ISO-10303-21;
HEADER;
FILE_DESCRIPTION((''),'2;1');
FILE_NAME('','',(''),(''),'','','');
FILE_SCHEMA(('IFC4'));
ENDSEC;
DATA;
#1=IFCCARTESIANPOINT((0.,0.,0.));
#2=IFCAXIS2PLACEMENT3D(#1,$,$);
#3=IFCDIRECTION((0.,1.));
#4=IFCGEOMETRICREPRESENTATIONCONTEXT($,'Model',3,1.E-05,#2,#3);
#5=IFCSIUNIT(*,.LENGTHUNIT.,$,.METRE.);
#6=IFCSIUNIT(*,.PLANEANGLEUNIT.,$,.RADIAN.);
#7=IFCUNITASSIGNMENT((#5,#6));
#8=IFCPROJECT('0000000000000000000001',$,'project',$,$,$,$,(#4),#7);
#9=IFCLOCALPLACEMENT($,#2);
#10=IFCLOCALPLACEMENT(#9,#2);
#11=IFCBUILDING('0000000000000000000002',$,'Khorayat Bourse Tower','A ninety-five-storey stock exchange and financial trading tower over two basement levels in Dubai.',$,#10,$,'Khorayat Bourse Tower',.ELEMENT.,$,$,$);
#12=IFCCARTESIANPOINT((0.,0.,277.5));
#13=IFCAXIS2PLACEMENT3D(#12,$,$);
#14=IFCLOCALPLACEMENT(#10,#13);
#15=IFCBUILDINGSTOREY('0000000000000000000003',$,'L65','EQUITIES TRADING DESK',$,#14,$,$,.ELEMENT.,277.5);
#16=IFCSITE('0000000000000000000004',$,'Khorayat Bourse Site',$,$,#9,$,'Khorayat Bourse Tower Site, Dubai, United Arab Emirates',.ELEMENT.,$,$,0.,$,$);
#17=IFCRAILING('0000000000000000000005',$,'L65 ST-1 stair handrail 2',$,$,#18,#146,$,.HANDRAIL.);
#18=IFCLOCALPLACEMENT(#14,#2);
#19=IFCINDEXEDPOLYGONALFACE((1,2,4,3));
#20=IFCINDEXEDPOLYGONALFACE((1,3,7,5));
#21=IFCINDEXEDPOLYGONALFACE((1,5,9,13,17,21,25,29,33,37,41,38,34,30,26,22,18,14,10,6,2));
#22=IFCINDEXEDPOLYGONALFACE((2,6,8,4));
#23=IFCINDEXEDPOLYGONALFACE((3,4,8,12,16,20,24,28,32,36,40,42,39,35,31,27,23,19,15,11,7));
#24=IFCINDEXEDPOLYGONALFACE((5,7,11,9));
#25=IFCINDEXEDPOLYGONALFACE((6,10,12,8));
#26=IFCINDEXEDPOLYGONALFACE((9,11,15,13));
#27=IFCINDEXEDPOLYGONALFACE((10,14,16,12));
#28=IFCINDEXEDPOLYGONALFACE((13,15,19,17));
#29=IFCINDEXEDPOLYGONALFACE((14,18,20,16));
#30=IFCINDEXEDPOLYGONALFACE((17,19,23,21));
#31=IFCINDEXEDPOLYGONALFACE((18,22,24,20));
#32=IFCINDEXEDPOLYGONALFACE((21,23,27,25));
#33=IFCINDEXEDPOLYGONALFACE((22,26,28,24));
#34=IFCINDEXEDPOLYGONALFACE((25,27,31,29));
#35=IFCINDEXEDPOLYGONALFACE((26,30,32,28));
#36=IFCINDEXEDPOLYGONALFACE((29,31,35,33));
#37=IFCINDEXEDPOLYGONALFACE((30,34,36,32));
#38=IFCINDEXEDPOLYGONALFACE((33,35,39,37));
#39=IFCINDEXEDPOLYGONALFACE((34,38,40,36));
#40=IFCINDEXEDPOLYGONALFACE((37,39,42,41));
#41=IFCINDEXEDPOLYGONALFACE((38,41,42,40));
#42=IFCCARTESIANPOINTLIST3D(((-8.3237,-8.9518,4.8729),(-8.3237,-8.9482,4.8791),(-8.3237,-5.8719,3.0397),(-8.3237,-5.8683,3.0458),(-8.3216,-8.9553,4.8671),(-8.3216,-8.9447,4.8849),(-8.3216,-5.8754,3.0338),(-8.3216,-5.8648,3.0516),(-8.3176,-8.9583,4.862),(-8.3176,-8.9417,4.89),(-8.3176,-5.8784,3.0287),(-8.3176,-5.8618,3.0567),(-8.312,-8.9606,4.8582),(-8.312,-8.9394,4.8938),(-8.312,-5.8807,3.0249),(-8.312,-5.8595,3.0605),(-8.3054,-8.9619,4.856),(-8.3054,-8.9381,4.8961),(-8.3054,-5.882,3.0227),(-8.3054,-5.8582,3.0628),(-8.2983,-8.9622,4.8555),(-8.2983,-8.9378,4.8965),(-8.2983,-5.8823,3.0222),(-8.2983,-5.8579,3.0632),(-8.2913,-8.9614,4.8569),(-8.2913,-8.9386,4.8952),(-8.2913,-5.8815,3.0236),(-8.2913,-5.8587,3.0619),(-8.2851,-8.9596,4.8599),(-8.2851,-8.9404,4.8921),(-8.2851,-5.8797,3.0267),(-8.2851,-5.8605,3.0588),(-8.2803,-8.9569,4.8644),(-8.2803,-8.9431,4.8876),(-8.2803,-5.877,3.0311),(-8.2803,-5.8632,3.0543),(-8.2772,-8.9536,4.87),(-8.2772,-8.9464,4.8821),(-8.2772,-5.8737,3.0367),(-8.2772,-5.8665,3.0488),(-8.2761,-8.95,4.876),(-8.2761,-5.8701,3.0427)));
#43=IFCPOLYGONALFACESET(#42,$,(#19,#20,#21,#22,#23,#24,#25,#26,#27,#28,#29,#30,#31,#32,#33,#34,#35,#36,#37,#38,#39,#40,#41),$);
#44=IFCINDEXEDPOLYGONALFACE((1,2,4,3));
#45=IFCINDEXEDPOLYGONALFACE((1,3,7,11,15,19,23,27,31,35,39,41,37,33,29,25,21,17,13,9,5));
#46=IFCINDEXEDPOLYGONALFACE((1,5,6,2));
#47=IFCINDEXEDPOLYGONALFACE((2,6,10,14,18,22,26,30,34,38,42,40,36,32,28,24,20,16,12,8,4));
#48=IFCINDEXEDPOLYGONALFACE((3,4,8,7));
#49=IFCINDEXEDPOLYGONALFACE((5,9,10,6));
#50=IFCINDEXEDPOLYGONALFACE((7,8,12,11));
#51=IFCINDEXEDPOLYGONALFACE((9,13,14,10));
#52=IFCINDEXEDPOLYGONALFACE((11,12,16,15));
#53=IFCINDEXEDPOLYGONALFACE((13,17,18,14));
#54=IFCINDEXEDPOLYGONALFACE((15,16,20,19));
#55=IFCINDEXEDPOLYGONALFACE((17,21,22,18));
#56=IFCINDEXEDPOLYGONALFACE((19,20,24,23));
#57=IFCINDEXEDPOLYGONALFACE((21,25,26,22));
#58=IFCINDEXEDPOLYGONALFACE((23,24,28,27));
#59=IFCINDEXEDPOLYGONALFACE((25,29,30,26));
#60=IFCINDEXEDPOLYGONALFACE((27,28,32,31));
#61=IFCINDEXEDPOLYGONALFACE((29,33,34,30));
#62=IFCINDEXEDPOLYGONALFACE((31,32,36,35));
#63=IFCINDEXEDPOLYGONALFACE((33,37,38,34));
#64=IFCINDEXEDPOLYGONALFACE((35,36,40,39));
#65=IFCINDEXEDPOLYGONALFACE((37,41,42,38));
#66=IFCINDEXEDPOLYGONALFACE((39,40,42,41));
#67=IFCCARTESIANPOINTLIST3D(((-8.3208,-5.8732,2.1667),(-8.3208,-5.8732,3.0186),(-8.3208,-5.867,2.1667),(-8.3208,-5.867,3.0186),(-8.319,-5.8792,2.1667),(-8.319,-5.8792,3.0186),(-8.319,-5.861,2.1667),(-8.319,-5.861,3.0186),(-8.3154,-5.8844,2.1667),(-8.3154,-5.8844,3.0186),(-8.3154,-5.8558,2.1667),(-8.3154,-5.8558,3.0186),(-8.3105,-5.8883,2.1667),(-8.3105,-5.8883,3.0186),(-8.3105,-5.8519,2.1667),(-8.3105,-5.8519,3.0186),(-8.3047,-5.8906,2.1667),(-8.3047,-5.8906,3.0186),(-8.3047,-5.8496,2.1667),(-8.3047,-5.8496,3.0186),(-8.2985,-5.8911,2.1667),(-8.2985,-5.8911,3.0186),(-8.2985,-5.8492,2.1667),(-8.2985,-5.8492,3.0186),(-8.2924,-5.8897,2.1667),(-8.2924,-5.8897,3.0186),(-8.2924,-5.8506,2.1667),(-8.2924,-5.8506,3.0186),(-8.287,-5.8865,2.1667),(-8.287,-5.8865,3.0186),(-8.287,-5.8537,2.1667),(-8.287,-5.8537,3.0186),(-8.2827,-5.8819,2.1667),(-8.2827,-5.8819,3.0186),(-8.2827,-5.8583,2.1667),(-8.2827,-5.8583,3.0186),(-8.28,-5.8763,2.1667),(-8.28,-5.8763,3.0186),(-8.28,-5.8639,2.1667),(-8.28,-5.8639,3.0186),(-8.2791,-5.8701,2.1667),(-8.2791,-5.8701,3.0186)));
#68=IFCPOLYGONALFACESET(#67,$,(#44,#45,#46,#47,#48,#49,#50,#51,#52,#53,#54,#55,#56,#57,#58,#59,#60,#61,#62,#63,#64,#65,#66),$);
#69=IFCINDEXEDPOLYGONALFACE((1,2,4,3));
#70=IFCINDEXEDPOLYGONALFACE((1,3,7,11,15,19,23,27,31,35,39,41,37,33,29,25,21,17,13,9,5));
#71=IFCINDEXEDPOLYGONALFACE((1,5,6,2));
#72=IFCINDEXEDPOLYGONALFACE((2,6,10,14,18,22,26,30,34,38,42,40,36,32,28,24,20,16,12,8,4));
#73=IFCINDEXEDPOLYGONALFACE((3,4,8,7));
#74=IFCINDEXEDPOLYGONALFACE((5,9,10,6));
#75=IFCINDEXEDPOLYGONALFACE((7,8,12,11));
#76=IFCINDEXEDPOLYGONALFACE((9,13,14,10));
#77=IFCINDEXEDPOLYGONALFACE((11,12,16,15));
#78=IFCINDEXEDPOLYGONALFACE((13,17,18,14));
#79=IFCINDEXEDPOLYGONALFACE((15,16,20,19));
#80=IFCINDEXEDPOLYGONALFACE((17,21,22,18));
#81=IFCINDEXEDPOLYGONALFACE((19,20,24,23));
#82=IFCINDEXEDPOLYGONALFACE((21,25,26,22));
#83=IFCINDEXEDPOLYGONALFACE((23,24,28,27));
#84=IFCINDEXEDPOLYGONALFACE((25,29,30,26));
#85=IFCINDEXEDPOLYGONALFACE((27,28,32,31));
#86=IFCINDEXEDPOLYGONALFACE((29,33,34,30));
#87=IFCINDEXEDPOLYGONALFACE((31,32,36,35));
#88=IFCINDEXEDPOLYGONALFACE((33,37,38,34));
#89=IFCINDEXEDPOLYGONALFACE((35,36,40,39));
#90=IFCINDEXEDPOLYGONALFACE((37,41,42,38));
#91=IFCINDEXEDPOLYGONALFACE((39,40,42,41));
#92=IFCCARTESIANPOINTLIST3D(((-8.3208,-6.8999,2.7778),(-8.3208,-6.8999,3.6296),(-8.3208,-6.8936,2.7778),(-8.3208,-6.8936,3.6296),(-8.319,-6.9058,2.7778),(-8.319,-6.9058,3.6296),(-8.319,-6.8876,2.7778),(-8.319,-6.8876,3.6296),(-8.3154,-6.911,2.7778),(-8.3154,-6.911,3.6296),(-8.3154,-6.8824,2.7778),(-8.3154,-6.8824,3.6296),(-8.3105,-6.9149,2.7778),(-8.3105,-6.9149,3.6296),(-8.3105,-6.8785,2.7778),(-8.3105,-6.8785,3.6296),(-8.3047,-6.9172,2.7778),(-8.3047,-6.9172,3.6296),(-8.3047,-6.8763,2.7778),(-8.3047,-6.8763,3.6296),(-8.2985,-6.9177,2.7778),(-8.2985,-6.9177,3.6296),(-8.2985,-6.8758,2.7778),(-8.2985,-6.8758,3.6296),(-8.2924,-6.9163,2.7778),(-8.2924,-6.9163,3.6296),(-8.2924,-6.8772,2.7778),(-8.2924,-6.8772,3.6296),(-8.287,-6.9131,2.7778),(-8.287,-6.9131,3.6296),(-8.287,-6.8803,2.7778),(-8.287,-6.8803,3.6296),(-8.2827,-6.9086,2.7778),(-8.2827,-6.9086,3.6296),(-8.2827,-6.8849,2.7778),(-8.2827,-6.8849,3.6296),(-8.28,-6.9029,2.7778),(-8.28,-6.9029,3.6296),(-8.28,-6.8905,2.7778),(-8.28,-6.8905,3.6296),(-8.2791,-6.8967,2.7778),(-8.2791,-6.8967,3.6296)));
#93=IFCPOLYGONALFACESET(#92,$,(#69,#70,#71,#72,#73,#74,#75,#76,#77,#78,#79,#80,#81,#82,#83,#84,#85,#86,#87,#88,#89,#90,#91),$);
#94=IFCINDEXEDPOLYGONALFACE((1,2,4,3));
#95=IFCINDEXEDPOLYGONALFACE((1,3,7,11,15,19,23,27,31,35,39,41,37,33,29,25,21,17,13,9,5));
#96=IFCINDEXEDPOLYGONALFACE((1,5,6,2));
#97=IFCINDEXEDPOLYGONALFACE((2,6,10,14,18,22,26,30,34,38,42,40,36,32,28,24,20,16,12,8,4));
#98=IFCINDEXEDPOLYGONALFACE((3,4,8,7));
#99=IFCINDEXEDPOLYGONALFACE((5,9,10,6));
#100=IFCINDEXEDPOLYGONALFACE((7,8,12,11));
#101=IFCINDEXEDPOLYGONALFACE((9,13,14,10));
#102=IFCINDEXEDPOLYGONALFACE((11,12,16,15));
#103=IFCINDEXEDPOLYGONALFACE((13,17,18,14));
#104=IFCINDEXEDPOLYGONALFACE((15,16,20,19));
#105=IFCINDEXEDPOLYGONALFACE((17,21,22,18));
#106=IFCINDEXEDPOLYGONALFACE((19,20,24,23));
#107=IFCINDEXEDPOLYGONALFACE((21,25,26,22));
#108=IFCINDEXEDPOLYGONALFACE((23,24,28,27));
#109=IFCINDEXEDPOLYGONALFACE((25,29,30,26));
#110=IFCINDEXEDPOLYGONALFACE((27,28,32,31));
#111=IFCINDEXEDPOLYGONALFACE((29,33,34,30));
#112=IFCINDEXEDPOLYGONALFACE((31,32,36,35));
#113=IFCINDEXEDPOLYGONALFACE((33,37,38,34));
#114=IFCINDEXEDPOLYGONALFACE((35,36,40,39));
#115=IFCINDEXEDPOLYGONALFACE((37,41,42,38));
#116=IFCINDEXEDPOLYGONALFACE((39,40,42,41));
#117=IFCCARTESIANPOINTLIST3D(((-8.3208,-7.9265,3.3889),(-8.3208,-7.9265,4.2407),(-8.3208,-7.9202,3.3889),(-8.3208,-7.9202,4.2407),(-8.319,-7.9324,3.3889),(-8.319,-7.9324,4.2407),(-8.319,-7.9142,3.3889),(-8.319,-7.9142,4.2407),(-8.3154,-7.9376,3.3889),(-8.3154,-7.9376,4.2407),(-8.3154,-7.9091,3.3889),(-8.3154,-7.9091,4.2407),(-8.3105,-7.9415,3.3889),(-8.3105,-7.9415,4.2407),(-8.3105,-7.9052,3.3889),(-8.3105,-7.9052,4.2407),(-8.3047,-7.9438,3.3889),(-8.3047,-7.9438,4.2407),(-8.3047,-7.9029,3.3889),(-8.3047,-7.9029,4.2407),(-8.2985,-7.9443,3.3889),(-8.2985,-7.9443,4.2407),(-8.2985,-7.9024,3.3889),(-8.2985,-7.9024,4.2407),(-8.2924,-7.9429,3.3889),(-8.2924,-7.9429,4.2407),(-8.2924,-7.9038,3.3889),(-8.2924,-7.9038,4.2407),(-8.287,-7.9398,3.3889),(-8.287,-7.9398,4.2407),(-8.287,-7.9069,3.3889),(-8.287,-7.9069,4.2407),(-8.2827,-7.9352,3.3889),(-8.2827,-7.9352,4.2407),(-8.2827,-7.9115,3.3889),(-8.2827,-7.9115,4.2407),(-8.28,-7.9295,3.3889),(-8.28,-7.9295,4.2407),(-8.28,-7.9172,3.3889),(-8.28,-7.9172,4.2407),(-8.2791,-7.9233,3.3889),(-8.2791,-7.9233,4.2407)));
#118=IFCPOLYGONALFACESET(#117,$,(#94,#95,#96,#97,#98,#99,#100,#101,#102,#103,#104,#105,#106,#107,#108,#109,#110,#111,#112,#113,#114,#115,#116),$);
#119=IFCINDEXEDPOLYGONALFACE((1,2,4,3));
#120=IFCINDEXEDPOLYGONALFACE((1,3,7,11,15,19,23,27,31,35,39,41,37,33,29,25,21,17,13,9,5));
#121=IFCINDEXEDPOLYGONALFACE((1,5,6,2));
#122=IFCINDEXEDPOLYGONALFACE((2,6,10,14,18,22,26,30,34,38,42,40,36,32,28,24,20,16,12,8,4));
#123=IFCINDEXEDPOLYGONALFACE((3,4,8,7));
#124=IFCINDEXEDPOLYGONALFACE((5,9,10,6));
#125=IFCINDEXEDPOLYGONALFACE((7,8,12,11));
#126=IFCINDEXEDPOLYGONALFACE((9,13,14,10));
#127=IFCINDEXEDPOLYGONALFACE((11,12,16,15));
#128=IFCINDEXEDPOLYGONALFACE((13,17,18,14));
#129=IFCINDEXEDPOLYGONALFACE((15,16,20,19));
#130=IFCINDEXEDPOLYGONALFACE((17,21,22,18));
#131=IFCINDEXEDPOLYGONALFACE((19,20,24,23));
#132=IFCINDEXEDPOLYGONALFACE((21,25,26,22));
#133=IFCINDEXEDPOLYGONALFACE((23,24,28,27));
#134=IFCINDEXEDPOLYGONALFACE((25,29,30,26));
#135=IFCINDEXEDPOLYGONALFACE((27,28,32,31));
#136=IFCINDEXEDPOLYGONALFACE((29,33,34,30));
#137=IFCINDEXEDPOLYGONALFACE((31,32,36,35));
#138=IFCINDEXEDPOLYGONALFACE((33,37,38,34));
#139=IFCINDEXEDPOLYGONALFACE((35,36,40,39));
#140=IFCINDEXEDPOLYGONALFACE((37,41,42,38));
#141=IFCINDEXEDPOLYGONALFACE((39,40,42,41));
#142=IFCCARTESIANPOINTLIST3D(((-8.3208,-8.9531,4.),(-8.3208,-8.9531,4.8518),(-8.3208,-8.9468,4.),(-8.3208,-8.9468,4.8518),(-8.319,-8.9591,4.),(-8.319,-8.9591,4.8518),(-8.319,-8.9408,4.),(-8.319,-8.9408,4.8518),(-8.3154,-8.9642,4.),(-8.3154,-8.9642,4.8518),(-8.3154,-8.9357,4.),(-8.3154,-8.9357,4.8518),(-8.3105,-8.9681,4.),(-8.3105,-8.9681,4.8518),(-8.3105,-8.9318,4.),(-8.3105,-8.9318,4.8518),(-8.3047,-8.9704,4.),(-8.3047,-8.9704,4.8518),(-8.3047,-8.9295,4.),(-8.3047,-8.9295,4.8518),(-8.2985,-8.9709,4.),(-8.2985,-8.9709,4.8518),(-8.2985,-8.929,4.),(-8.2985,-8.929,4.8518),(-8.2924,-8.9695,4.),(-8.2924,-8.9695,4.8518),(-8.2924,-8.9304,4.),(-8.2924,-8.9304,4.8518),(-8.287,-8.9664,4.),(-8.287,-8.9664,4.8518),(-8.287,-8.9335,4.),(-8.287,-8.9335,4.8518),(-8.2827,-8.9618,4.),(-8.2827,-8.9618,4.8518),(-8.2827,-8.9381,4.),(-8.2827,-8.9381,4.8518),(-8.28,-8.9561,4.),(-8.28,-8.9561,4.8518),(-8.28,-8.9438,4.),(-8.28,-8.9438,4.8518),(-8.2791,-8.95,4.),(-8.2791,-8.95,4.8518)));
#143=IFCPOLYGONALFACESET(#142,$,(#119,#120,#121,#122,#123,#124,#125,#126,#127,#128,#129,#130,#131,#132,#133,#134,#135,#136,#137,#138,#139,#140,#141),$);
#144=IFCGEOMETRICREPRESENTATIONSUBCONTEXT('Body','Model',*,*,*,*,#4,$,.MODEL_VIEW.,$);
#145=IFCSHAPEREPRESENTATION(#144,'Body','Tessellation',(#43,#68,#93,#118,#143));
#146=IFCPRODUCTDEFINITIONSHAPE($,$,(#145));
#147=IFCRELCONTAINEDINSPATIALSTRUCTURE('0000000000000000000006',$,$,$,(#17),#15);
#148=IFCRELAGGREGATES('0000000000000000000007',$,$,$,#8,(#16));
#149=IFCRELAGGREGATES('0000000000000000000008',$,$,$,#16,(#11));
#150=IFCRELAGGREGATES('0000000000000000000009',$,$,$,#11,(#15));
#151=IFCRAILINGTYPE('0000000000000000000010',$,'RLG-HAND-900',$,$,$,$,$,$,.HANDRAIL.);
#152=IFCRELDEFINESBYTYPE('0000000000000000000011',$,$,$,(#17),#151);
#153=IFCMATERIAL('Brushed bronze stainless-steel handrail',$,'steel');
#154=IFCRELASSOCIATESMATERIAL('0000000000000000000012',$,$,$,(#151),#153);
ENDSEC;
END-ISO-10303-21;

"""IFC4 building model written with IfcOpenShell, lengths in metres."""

from ifc_helpers import new_model, si_unit, direction, frame, origin, origin_2d, place, context, subcontext, project, spatial, circle, extrude, source, transform, mapped, material, type_object, element, save


model = new_model("IFC4")

# Units and contexts
model_context = context("Model", 3, precision=1e-05, world=origin(), true_north=direction((0.0, 1.0)))
body_context = subcontext(model_context, "Body", "Model", "MODEL_VIEW")
ifc_project = project(units=[si_unit("LENGTHUNIT", "METRE"), si_unit("PLANEANGLEUNIT", "RADIAN")], contexts=[model_context])

# Site, building, storey
site_placement = place(None, origin())
site = spatial("IfcSite", under=ifc_project, at=site_placement, Name="Khorayat Bourse Site", LongName="Khorayat Bourse Tower Site, Dubai, United Arab Emirates", CompositionType="ELEMENT", RefElevation=0.0)
building_placement = place(site_placement, origin())
building = spatial("IfcBuilding", under=site, at=building_placement, Name="Khorayat Bourse Tower", Description="A ninety-five-storey stock exchange and financial trading tower over two basement levels in Dubai.", LongName="Khorayat Bourse Tower", CompositionType="ELEMENT")
storey_placement = place(building_placement, frame((0.0, 0.0, 277.5)))
storey = spatial("IfcBuildingStorey", under=building, at=storey_placement, Name="L65", Description="EQUITIES TRADING DESK", CompositionType="ELEMENT", Elevation=277.5)

# Railing
ifc_material_1 = material(Name="Brushed bronze stainless-steel handrail", Category="steel")
railing_type_1 = type_object("IfcRailingType", Name="RLG-HAND-900", PredefinedType="HANDRAIL", material=ifc_material_1)
shared_shape_1 = source(origin(), body_context, "Body", "SweptSolid", [
    extrude(circle(Radius=0.0239, at=origin_2d()), frame((0.0, 0.0, 0.876), z_axis=(0.0, -0.859291, 0.511487), x_axis=(1.0, 0.0, 0.0)), (0.0, 0.0, 1.0), 3.5842),
    extrude(circle(Radius=0.021, at=origin_2d()), origin(), (0.0, 0.0, 1.0), 0.8518),
    extrude(circle(Radius=0.021, at=origin_2d()), frame((0.0, -1.0266, 0.6111)), (0.0, 0.0, 1.0), 0.8518),
    extrude(circle(Radius=0.021, at=origin_2d()), frame((0.0, -2.0532, 1.2222)), (0.0, 0.0, 1.0), 0.8518),
    extrude(circle(Radius=0.021, at=origin_2d()), frame((0.0, -3.0798, 1.8333)), (0.0, 0.0, 1.0), 0.8518),
])
railing_1_placement = place(storey_placement, frame((-8.3, -5.8701, 2.1667)))
element("IfcRailing", 1, at=railing_1_placement, inside=storey, type_object=railing_type_1, Name="L65 ST-1 stair handrail 2", PredefinedType="HANDRAIL", context=body_context, shape_type="MappedRepresentation", body=[
    mapped(shared_shape_1, transform((0.0, 0.0, 0.0), scale=1.0)),
])

save(model, "model.ifc")
